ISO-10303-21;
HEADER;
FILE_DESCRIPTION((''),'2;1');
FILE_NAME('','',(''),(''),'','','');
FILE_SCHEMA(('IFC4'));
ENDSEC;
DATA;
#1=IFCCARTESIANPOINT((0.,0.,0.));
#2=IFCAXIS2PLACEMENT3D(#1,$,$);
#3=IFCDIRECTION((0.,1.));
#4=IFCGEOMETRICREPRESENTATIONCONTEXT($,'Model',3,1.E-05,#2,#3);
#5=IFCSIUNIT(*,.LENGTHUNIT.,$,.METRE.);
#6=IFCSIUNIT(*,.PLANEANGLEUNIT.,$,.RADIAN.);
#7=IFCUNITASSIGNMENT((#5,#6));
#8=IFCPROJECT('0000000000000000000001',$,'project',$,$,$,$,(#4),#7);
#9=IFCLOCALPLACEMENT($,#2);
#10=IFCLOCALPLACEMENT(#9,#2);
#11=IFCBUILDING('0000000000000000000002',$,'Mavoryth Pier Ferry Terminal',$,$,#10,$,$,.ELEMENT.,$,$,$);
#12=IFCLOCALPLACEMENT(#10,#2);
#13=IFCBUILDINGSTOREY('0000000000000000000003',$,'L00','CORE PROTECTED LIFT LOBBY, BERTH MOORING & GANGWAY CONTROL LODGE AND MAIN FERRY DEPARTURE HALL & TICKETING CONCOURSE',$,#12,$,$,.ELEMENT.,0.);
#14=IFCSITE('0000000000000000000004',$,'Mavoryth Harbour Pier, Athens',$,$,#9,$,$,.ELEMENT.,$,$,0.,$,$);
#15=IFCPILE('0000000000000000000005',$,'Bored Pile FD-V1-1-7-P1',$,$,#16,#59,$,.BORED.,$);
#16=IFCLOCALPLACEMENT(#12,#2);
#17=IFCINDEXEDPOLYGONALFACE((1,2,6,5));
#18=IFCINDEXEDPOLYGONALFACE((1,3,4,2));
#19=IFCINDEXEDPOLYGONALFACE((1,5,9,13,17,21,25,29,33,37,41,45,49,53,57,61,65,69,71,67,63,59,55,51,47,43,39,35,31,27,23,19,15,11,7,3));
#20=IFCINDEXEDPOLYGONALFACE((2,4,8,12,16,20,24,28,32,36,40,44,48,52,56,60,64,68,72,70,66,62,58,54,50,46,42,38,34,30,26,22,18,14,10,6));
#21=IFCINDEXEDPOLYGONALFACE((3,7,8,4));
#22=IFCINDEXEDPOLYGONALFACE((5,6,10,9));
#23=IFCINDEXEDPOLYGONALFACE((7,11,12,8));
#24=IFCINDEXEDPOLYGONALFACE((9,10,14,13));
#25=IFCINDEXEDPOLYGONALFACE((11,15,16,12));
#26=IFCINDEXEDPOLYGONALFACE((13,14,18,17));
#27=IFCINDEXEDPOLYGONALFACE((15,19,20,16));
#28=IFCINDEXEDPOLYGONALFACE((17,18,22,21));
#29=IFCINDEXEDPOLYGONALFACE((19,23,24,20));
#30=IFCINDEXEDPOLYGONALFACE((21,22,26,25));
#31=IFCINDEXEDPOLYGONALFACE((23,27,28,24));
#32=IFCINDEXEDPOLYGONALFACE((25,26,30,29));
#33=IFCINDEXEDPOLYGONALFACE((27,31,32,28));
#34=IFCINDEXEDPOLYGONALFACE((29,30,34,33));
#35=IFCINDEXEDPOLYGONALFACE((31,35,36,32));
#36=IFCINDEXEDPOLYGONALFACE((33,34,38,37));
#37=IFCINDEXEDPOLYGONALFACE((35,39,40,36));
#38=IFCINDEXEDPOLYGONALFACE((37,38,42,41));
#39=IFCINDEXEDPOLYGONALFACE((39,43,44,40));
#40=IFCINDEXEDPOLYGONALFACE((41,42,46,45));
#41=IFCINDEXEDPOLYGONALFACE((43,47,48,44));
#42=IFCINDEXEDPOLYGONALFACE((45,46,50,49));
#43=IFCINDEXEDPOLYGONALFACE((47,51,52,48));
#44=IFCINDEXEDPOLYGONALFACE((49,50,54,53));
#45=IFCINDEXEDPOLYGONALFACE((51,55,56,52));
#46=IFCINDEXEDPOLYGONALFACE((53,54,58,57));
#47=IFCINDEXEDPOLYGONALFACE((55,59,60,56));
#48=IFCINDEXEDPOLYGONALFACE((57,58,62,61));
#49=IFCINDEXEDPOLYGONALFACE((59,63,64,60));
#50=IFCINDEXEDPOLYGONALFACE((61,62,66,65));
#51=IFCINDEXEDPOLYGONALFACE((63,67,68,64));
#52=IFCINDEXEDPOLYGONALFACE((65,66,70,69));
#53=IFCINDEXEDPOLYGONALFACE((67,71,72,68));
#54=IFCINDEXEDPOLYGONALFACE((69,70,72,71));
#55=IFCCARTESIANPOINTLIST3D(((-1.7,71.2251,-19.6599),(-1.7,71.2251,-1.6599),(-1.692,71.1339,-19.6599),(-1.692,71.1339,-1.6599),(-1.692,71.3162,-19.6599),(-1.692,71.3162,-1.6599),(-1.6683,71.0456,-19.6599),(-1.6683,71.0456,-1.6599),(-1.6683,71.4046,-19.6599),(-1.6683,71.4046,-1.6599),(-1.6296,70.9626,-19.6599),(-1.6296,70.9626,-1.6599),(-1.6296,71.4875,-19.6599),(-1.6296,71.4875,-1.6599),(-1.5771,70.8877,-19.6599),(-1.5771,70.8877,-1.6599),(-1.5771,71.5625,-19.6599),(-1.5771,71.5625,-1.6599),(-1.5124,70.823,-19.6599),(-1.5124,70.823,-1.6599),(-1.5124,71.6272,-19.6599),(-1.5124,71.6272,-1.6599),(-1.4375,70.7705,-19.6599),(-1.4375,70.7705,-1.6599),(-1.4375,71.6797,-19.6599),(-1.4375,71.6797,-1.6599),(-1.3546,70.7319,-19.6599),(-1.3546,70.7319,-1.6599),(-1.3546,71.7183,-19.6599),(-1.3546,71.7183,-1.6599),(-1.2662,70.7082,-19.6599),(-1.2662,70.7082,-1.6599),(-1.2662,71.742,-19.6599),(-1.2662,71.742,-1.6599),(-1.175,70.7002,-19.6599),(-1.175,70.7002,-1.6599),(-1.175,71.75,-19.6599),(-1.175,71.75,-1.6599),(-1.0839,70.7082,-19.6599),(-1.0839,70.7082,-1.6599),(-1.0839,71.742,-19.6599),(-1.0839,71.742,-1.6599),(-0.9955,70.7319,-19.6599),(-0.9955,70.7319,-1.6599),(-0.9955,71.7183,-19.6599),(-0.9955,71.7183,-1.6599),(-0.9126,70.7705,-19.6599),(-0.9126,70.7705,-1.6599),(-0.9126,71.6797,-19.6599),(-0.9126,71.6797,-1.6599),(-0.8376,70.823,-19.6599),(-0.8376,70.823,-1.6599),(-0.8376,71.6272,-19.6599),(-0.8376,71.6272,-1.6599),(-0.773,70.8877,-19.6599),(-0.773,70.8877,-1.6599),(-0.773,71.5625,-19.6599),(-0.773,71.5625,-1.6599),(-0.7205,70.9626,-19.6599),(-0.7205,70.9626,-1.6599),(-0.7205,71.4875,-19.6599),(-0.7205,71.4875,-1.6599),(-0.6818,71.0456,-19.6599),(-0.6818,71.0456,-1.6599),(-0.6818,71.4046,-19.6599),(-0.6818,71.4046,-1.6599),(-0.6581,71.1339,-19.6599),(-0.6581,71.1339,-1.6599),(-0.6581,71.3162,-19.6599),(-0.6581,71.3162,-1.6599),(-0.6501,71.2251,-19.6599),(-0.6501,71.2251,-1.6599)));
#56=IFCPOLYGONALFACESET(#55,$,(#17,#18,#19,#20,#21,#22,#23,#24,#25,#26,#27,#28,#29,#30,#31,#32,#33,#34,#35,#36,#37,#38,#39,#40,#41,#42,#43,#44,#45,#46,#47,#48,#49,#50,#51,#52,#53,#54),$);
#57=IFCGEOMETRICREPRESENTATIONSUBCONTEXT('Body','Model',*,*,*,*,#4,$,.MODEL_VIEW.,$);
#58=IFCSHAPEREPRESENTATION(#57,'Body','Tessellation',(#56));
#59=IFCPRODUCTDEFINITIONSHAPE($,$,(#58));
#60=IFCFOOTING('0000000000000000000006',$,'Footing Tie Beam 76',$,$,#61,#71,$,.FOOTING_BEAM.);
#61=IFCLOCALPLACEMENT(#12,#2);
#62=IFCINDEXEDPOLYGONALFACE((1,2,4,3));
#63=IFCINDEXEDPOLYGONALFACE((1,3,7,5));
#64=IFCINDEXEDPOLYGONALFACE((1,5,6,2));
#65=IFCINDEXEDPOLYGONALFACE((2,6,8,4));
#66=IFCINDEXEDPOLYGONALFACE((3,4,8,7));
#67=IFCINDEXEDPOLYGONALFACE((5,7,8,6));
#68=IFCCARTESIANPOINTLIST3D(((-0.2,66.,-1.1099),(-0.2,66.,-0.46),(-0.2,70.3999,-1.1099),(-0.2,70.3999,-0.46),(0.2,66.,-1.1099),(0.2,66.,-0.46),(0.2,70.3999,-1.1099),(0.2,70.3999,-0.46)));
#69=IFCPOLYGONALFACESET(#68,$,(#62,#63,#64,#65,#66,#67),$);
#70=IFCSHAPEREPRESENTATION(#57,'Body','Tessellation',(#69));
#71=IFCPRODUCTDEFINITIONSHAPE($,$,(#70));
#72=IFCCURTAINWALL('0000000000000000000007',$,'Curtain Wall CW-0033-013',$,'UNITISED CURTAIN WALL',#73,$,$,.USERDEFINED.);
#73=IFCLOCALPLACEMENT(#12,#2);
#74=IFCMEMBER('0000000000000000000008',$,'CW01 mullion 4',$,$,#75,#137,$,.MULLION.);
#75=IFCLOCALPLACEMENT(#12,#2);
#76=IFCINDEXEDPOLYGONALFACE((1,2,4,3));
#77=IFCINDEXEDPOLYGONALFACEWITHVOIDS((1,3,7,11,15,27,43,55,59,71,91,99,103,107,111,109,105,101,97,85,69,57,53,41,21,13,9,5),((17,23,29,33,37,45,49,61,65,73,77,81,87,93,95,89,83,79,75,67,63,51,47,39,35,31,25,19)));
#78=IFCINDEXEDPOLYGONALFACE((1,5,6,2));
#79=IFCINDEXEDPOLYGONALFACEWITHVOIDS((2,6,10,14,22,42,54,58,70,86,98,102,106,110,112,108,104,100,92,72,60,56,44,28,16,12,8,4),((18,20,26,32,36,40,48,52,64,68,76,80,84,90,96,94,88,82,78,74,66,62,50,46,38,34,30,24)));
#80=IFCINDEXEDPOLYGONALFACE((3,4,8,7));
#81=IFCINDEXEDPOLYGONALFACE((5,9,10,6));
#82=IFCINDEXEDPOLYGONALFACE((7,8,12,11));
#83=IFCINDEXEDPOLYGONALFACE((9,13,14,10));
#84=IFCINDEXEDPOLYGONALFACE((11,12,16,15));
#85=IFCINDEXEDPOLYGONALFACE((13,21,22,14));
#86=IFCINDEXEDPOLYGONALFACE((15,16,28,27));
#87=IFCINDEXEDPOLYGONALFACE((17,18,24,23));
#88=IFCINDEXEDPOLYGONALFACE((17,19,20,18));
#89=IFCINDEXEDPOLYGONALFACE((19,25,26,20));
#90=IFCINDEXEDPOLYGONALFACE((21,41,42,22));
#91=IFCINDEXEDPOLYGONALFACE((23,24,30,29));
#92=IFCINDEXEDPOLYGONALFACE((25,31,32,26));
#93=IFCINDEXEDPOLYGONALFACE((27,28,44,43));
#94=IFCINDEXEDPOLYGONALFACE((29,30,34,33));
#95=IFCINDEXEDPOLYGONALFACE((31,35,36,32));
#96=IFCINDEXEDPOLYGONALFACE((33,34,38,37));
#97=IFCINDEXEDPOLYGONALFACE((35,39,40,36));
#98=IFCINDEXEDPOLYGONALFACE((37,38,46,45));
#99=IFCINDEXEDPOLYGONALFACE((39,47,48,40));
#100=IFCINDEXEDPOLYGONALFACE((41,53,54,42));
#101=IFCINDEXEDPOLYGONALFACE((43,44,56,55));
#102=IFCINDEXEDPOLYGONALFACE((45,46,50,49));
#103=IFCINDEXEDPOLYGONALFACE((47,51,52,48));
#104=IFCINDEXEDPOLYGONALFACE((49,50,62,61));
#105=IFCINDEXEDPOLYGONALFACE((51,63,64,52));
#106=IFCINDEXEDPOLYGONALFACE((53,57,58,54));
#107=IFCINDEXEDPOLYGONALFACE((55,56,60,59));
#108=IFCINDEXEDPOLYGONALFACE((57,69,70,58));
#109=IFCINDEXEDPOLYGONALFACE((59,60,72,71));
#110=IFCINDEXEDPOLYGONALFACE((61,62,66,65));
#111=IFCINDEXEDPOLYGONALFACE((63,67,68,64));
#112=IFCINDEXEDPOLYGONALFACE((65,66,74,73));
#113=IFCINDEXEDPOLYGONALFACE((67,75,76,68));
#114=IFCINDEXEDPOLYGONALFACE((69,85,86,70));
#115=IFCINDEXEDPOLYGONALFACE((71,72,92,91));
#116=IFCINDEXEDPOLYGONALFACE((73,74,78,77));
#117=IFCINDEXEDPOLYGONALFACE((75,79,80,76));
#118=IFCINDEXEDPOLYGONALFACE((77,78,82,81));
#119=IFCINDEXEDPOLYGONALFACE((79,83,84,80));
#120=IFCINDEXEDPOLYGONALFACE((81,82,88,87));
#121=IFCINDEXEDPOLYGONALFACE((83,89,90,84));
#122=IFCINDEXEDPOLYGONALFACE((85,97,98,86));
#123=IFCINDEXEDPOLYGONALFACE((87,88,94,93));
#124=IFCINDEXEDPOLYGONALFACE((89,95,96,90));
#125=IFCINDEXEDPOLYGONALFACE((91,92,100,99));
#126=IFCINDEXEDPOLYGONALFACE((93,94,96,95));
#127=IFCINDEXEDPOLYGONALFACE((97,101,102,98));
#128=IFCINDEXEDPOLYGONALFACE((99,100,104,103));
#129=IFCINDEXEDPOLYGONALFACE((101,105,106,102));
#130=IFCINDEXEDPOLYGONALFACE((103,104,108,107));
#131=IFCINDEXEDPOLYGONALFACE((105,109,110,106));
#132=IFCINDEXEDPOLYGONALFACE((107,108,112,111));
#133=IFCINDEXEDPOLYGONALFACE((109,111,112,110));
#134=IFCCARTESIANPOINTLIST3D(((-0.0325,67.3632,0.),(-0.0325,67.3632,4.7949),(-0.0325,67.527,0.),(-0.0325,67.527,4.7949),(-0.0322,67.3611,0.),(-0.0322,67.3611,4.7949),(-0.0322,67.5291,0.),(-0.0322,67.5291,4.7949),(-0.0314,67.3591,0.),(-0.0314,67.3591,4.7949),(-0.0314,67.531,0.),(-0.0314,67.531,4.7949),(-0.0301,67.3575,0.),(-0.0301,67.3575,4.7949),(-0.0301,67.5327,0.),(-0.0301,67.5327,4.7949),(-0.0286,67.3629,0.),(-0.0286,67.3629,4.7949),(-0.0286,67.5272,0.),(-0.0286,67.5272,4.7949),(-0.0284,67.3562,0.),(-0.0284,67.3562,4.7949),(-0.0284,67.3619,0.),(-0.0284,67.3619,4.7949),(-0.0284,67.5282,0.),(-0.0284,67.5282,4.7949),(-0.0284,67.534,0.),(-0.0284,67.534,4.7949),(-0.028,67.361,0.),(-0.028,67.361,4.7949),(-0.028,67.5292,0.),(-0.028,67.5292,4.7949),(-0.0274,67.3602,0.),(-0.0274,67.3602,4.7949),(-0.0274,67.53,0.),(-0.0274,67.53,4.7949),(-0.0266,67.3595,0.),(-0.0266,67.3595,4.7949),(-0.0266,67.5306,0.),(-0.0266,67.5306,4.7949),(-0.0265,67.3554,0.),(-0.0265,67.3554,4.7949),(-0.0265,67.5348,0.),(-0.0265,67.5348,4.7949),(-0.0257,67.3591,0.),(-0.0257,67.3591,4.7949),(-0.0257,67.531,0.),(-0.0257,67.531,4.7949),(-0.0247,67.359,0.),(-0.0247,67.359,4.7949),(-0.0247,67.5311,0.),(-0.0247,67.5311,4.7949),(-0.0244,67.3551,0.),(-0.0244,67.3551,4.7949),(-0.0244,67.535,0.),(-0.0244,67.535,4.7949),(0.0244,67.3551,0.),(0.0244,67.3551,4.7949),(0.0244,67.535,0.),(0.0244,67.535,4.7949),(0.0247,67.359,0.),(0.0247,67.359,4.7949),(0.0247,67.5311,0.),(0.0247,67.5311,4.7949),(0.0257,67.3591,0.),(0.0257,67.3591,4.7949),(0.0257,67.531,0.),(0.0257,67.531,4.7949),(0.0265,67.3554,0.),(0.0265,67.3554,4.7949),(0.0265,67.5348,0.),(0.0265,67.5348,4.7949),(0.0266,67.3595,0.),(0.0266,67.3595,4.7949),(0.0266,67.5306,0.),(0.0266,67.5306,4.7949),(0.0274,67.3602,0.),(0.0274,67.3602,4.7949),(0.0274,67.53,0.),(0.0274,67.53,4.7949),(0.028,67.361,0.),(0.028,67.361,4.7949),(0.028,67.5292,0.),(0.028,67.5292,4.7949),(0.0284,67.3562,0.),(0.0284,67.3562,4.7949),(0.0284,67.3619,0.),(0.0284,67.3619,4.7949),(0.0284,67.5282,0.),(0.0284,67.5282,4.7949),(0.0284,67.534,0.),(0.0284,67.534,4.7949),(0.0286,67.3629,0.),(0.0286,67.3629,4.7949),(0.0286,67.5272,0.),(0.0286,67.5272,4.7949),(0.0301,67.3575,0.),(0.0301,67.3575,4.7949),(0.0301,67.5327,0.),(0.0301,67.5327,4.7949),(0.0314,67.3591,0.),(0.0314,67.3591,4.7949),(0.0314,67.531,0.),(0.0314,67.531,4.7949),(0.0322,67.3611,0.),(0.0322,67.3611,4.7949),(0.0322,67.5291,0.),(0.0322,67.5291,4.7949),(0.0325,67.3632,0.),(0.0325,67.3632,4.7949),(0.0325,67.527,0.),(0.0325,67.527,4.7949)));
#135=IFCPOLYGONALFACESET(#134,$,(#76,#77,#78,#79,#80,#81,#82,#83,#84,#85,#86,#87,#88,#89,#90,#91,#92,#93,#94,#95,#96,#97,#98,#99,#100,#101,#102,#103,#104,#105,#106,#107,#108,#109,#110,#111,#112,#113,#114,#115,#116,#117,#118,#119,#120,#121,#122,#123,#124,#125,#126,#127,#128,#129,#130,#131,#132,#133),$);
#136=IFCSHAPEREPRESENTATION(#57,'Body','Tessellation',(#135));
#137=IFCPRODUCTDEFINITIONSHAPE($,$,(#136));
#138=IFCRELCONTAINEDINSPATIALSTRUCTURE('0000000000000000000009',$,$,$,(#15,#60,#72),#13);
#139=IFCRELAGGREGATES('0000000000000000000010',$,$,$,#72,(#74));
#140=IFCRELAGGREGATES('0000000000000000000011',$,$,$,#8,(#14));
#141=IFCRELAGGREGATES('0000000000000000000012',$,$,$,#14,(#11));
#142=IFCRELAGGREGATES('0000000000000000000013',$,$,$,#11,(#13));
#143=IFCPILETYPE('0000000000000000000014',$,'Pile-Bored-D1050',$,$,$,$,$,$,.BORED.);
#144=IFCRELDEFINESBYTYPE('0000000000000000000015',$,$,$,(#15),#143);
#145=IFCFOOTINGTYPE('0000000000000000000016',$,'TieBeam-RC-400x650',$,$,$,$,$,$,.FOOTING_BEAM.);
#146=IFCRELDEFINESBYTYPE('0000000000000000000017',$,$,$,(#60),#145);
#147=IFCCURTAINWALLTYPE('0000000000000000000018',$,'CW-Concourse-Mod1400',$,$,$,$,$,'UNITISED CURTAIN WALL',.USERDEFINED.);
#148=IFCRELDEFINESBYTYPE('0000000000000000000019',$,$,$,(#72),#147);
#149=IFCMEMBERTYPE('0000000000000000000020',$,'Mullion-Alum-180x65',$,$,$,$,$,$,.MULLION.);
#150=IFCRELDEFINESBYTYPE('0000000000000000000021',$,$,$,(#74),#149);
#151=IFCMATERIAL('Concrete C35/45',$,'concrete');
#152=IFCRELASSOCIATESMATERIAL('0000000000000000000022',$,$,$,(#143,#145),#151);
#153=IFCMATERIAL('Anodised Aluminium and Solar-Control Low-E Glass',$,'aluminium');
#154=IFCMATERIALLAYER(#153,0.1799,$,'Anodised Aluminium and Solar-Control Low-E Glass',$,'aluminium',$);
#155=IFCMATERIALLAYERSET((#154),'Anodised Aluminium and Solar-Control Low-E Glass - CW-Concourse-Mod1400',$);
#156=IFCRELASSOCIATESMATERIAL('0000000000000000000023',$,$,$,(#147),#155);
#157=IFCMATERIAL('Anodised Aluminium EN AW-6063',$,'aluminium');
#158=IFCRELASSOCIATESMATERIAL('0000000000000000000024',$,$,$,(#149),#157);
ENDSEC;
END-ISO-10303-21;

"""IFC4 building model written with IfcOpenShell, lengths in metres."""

from ifc_helpers import new_model, si_unit, direction, frame, origin, origin_2d, place, context, subcontext, project, spatial, rectangle, hollow_rectangle, circle, extrude, material, layer, layer_set, material_profile, profile_set, type_object, element, aggregate, save


model = new_model("IFC4")

# Units and contexts
model_context = context("Model", 3, precision=1e-05, world=origin(), true_north=direction((0.0, 1.0)))
body_context = subcontext(model_context, "Body", "Model", "MODEL_VIEW")
ifc_project = project(units=[si_unit("LENGTHUNIT", "METRE"), si_unit("PLANEANGLEUNIT", "RADIAN")], contexts=[model_context])

# Site, building, storey
site_placement = place(None, origin())
site = spatial("IfcSite", under=ifc_project, at=site_placement, Name="Mavoryth Harbour Pier, Athens", CompositionType="ELEMENT", RefElevation=0.0)
building_placement = place(site_placement, origin())
building = spatial("IfcBuilding", under=site, at=building_placement, Name="Mavoryth Pier Ferry Terminal", CompositionType="ELEMENT")
storey_placement = place(building_placement, origin())
storey = spatial("IfcBuildingStorey", under=building, at=storey_placement, Name="L00", Description="CORE PROTECTED LIFT LOBBY, BERTH MOORING & GANGWAY CONTROL LODGE AND MAIN FERRY DEPARTURE HALL & TICKETING CONCOURSE", CompositionType="ELEMENT", Elevation=0.0)

# Pile
ifc_material_1 = material(Name="Concrete C35/45", Category="concrete")
ifc_material_profile_1 = material_profile(ifc_material_1, circle(Radius=0.5249, at=origin_2d()), Name="PILE D1050", Category="concrete")
ifc_profile_set_1 = profile_set([ifc_material_profile_1], Name="Concrete C35/45 - PILE D1050")
pile_type = type_object("IfcPileType", Name="Pile-Bored-D1050", PredefinedType="BORED", material=ifc_profile_set_1)
pile_placement = place(storey_placement, frame((-1.175, 71.2251, -1.6599), z_axis=(0.0, 0.0, -1.0), x_axis=(1.0, 0.0, 0.0)))
element("IfcPile", 1, at=pile_placement, inside=storey, type_object=pile_type, Name="Bored Pile FD-V1-1-7-P1", PredefinedType="BORED", context=body_context, shape_type="SweptSolid", body=[
    extrude(circle(Radius=0.5249, at=origin_2d()), origin(), (0.0, 0.0, 1.0), 18.0),
])

# Footing
ifc_material_profile_2 = material_profile(ifc_material_1, rectangle(XDim=0.3999, YDim=0.6499, at=origin_2d()), Name="RC 400x650", Category="concrete")
ifc_profile_set_2 = profile_set([ifc_material_profile_2], Name="Concrete C35/45 - RC 400x650")
footing_type = type_object("IfcFootingType", Name="TieBeam-RC-400x650", PredefinedType="FOOTING_BEAM", material=ifc_profile_set_2)
footing_placement = place(storey_placement, frame((0.0, 66.0, -0.7849), z_axis=(0.0, 1.0, 0.0), x_axis=(-1.0, 0.0, 0.0)))
element("IfcFooting", 2, at=footing_placement, inside=storey, type_object=footing_type, Name="Footing Tie Beam 76", PredefinedType="FOOTING_BEAM", context=body_context, shape_type="SweptSolid", body=[
    extrude(rectangle(XDim=0.3999, YDim=0.6499, at=origin_2d()), origin(), (0.0, 0.0, 1.0), 4.3999),
])

# Curtain wall, member
ifc_material_2 = material(Name="Anodised Aluminium and Solar-Control Low-E Glass", Category="aluminium")
ifc_layer_1 = layer(ifc_material_2, 0.1799, Name="Anodised Aluminium and Solar-Control Low-E Glass", Category="aluminium")
ifc_layer_set_1 = layer_set([ifc_layer_1], Name="Anodised Aluminium and Solar-Control Low-E Glass - CW-Concourse-Mod1400")
curtain_wall_type = type_object("IfcCurtainWallType", Name="CW-Concourse-Mod1400", ElementType="UNITISED CURTAIN WALL", PredefinedType="USERDEFINED", material=ifc_layer_set_1)
curtain_wall_placement = place(storey_placement, origin())
curtain_wall = element("IfcCurtainWall", 3, at=curtain_wall_placement, inside=storey, type_object=curtain_wall_type, Name="Curtain Wall CW-0033-013", ObjectType="UNITISED CURTAIN WALL", PredefinedType="USERDEFINED")
ifc_material_3 = material(Name="Anodised Aluminium EN AW-6063", Category="aluminium")
ifc_material_profile_3 = material_profile(ifc_material_3, hollow_rectangle(XDim=0.0649, YDim=0.1799, WallThickness=0.0039, InnerFilletRadius=0.0039, OuterFilletRadius=0.0081, at=origin_2d()), Name="AL-MULL 180x65x4", Category="aluminium")
ifc_profile_set_3 = profile_set([ifc_material_profile_3], Name="Anodised Aluminium EN AW-6063 - AL-MULL 180x65x4")
member_type_1 = type_object("IfcMemberType", Name="Mullion-Alum-180x65", PredefinedType="MULLION", material=ifc_profile_set_3)
member_1_placement = place(storey_placement, frame((0.0, 67.4451, 0.0), z_axis=(0.0, 0.0, 1.0), x_axis=(1.0, 0.0, 0.0)))
member_1 = element("IfcMember", 4, at=member_1_placement, type_object=member_type_1, Name="CW01 mullion 4", PredefinedType="MULLION", context=body_context, shape_type="SweptSolid", body=[
    extrude(hollow_rectangle(XDim=0.0649, YDim=0.1799, WallThickness=0.0039, InnerFilletRadius=0.0039, OuterFilletRadius=0.0081, at=origin_2d()), origin(), (0.0, 0.0, 1.0), 4.7949),
])
aggregate(curtain_wall, [member_1])

save(model, "model.ifc")
